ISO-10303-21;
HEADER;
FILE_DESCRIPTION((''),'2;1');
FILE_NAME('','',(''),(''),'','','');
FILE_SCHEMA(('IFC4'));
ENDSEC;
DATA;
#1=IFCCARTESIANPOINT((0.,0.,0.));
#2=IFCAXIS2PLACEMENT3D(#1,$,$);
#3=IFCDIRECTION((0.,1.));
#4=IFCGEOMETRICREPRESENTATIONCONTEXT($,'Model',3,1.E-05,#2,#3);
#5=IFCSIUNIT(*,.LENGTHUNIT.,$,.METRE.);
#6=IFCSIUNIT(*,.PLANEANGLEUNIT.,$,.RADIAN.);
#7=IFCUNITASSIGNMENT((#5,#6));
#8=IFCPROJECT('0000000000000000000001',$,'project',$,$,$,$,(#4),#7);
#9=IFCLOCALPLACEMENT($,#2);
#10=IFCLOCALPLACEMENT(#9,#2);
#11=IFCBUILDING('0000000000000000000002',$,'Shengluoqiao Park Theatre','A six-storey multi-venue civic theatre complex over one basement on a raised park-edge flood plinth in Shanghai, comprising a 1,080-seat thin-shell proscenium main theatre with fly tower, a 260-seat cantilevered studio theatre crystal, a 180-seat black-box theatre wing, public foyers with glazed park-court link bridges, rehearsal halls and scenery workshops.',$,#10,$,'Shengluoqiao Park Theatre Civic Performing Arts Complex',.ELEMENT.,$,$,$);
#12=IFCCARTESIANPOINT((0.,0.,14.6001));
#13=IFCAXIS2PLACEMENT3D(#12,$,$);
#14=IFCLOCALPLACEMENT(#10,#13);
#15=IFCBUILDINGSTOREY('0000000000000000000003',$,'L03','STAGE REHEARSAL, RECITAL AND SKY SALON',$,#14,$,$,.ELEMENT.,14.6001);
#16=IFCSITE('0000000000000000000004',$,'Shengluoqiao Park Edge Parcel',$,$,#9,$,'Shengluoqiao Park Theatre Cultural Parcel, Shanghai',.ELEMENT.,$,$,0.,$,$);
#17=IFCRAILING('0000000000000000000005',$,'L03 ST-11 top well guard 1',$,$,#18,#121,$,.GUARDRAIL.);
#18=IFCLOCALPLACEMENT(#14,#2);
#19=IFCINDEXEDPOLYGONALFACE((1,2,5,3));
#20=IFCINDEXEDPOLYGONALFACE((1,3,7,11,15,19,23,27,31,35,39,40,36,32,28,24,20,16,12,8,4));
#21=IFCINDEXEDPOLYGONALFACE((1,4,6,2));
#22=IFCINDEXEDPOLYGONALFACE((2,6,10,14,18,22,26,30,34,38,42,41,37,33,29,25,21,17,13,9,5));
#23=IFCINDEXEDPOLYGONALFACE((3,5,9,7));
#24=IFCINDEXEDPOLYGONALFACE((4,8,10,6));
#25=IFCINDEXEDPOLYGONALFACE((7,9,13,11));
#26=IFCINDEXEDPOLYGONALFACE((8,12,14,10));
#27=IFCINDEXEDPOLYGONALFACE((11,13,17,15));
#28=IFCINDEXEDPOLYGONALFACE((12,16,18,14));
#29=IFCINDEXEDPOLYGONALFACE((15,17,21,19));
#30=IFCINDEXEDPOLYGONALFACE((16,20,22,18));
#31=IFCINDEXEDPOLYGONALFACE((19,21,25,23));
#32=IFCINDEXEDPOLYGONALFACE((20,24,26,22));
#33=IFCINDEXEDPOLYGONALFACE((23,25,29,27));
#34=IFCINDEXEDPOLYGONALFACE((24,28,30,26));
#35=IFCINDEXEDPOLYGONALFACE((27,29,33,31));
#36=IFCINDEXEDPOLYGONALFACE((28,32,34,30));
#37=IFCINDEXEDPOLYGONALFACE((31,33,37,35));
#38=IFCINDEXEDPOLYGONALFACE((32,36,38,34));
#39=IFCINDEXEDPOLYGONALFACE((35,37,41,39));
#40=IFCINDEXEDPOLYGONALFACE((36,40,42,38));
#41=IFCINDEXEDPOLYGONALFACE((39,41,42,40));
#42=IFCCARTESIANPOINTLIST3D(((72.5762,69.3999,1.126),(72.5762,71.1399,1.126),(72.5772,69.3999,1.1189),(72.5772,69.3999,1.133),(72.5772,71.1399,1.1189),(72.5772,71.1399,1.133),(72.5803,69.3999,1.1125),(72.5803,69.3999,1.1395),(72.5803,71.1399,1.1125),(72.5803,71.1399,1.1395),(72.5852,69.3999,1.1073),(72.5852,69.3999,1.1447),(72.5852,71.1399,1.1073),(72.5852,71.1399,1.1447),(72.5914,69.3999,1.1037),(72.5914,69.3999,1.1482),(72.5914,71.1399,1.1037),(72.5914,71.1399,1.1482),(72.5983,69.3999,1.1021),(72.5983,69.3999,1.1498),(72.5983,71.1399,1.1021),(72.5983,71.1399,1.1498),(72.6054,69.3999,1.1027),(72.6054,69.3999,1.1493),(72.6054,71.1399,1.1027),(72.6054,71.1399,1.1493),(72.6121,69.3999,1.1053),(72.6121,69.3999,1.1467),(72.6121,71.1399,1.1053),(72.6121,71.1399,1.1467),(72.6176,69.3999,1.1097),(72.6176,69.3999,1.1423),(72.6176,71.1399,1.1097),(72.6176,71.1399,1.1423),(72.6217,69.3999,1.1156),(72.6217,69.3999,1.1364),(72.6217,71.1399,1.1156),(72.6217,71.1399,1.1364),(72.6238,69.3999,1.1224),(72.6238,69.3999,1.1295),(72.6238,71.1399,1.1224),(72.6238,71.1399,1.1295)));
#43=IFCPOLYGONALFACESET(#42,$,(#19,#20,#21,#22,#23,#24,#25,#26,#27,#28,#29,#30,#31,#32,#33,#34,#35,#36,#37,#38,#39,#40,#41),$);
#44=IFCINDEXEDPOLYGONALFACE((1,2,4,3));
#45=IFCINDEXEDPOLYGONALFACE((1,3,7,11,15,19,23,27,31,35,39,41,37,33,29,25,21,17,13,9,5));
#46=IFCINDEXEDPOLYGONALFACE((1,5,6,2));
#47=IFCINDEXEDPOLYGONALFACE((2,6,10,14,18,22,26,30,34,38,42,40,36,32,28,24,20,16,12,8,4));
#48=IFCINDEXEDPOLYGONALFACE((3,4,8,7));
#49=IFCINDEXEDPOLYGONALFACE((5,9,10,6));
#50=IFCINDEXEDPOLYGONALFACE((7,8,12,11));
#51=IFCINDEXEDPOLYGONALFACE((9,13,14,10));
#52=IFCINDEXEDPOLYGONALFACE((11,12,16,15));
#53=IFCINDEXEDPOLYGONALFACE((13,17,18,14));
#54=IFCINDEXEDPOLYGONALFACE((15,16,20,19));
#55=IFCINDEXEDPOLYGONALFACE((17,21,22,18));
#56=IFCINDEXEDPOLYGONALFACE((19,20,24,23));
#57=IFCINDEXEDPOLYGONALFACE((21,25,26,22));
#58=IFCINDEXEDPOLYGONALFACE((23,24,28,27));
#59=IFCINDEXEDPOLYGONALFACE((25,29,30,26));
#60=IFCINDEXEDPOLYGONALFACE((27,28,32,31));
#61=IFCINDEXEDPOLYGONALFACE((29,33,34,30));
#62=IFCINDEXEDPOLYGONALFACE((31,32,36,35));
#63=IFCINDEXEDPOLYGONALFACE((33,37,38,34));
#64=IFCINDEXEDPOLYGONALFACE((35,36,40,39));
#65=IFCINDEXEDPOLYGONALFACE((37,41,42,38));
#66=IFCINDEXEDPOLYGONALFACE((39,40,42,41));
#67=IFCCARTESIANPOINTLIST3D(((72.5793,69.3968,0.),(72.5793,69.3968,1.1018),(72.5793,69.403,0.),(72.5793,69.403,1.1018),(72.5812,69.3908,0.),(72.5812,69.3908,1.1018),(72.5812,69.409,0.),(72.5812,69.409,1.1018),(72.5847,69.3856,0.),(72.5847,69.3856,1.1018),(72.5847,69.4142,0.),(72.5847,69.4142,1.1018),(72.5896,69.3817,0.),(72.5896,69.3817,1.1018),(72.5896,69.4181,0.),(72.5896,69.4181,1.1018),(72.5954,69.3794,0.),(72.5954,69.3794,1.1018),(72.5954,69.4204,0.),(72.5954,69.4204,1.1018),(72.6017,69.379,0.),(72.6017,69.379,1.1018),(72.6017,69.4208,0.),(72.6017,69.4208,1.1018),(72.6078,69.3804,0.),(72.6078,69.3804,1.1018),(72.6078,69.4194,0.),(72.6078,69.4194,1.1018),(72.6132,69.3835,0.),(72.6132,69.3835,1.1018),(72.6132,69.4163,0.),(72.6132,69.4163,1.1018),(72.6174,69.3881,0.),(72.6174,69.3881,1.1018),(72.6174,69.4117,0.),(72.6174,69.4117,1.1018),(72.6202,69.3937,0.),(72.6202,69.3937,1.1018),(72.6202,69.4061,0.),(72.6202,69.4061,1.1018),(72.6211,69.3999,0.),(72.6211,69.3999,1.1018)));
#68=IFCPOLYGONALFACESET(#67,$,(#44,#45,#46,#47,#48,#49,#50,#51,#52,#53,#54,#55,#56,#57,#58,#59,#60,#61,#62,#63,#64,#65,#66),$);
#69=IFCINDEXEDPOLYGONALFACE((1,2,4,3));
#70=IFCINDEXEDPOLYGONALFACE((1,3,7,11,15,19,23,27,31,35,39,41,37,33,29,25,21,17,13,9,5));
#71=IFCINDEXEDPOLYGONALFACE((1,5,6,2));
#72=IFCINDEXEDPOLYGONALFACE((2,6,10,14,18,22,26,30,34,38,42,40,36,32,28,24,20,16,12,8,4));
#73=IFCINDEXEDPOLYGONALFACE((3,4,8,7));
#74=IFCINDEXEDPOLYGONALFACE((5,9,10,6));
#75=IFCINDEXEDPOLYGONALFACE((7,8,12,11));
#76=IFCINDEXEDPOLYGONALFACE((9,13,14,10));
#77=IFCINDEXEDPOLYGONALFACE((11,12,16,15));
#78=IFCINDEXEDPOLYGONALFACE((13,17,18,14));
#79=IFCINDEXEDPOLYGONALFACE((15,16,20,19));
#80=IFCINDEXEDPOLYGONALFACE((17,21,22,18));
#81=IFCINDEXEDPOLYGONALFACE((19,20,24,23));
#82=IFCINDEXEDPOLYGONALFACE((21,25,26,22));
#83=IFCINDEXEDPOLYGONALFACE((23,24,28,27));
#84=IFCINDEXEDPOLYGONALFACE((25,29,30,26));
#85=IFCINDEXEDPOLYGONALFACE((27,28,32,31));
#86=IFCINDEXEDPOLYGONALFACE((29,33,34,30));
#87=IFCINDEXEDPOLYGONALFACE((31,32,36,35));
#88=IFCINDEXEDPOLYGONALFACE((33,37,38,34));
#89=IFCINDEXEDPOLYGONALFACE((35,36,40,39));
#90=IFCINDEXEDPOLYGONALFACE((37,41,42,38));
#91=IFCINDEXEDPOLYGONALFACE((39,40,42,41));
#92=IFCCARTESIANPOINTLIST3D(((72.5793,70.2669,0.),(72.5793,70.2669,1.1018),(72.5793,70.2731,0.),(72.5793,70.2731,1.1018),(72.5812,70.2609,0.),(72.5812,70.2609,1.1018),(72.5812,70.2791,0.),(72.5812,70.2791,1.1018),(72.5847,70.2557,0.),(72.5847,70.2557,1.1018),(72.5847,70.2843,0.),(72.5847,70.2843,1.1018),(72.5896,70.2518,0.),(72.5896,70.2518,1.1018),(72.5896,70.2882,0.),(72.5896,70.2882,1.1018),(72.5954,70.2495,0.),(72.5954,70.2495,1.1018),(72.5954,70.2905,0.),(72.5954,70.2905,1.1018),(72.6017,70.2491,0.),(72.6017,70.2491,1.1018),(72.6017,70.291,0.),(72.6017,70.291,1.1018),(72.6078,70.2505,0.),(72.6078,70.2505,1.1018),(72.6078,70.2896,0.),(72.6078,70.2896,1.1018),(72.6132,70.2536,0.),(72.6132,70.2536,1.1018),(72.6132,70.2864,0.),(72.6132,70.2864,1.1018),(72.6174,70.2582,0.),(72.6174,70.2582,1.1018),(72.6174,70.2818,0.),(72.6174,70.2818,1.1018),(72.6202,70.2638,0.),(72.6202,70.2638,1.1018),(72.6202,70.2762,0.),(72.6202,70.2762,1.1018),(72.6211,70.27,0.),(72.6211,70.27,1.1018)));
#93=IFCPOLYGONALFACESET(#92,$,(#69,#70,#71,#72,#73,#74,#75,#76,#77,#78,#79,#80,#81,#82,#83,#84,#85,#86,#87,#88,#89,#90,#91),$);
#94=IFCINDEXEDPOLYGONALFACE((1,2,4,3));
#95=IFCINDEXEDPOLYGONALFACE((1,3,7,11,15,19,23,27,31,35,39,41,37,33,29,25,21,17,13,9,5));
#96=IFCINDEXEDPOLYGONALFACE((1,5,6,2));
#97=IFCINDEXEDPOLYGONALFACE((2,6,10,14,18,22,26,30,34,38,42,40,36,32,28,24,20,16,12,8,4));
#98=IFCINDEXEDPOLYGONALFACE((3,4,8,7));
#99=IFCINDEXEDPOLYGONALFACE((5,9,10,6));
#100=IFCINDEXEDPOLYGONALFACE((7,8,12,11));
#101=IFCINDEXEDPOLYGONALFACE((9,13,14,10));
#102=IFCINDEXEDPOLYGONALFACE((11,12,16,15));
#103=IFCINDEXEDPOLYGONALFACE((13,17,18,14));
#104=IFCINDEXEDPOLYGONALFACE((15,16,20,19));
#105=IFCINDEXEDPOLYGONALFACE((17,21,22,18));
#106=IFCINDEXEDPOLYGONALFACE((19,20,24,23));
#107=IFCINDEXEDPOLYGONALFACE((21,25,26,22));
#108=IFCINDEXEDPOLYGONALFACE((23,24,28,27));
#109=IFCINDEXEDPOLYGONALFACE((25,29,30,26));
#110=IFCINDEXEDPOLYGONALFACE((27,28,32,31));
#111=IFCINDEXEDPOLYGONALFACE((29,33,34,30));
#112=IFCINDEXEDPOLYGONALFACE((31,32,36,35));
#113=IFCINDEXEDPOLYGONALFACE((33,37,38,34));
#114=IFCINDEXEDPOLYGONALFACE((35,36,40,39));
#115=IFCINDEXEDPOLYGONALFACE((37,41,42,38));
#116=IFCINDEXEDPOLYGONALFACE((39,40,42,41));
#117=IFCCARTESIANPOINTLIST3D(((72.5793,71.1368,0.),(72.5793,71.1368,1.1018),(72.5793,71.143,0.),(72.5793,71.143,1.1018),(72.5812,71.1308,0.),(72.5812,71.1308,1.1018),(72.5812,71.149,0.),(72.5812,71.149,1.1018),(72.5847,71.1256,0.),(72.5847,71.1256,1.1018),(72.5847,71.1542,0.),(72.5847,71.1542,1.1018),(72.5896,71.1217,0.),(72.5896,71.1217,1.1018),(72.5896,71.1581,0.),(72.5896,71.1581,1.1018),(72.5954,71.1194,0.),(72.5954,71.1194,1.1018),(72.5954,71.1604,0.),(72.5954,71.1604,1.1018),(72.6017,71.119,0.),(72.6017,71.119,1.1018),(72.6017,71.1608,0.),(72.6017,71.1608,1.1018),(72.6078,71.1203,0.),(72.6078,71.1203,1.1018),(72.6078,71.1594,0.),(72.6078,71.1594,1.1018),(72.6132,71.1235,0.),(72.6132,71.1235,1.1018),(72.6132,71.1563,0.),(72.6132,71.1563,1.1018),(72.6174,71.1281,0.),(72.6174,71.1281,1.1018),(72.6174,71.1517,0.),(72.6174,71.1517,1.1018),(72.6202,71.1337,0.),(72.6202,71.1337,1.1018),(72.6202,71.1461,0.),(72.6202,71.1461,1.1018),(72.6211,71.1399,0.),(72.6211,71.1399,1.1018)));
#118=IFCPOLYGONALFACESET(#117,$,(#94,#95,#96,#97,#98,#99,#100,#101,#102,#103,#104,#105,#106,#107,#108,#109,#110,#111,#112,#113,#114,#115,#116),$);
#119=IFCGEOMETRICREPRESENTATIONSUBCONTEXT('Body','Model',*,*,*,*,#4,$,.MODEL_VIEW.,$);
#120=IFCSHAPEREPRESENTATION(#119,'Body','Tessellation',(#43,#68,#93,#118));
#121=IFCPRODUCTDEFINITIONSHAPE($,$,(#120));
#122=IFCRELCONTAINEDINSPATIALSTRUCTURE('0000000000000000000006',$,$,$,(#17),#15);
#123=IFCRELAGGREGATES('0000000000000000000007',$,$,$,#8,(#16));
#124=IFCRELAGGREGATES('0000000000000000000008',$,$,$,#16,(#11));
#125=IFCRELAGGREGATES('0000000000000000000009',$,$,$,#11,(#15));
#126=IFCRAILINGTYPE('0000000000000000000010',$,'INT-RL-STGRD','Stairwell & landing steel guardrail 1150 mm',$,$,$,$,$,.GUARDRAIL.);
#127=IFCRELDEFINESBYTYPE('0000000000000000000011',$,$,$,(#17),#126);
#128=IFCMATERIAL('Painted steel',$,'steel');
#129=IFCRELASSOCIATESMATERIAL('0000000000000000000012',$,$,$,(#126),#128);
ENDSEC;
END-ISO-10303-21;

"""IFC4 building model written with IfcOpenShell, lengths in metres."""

from ifc_helpers import new_model, si_unit, direction, frame, origin, origin_2d, place, context, subcontext, project, spatial, circle, extrude, material, type_object, element, save


model = new_model("IFC4")

# Units and contexts
model_context = context("Model", 3, precision=1e-05, world=origin(), true_north=direction((0.0, 1.0)))
body_context = subcontext(model_context, "Body", "Model", "MODEL_VIEW")
ifc_project = project(units=[si_unit("LENGTHUNIT", "METRE"), si_unit("PLANEANGLEUNIT", "RADIAN")], contexts=[model_context])

# Site, building, storey
site_placement = place(None, origin())
site = spatial("IfcSite", under=ifc_project, at=site_placement, Name="Shengluoqiao Park Edge Parcel", LongName="Shengluoqiao Park Theatre Cultural Parcel, Shanghai", CompositionType="ELEMENT", RefElevation=0.0)
building_placement = place(site_placement, origin())
building = spatial("IfcBuilding", under=site, at=building_placement, Name="Shengluoqiao Park Theatre", Description="A six-storey multi-venue civic theatre complex over one basement on a raised park-edge flood plinth in Shanghai, comprising a 1,080-seat thin-shell proscenium main theatre with fly tower, a 260-seat cantilevered studio theatre crystal, a 180-seat black-box theatre wing, public foyers with glazed park-court link bridges, rehearsal halls and scenery workshops.", LongName="Shengluoqiao Park Theatre Civic Performing Arts Complex", CompositionType="ELEMENT")
storey_placement = place(building_placement, frame((0.0, 0.0, 14.6001)))
storey = spatial("IfcBuildingStorey", under=building, at=storey_placement, Name="L03", Description="STAGE REHEARSAL, RECITAL AND SKY SALON", CompositionType="ELEMENT", Elevation=14.6001)

# Railing
ifc_material_1 = material(Name="Painted steel", Category="steel")
railing_type_1 = type_object("IfcRailingType", Name="INT-RL-STGRD", Description="Stairwell & landing steel guardrail 1150 mm", PredefinedType="GUARDRAIL", material=ifc_material_1)
railing_1_placement = place(storey_placement, frame((72.6001, 69.3999, 0.0)))
element("IfcRailing", 1, at=railing_1_placement, inside=storey, type_object=railing_type_1, Name="L03 ST-11 top well guard 1", PredefinedType="GUARDRAIL", context=body_context, shape_type="SweptSolid", body=[
    extrude(circle(Radius=0.0239, at=origin_2d()), frame((0.0, 0.0, 1.126), z_axis=(0.0, 1.0, 0.0), x_axis=(-1.0, 0.0, 0.0)), (0.0, 0.0, 1.0), 1.74),
    extrude(circle(Radius=0.021, at=origin_2d()), origin(), (0.0, 0.0, 1.0), 1.1018),
    extrude(circle(Radius=0.021, at=origin_2d()), frame((0.0, 0.8701, 0.0)), (0.0, 0.0, 1.0), 1.1018),
    extrude(circle(Radius=0.021, at=origin_2d()), frame((0.0, 1.74, 0.0)), (0.0, 0.0, 1.0), 1.1018),
])

save(model, "model.ifc")
